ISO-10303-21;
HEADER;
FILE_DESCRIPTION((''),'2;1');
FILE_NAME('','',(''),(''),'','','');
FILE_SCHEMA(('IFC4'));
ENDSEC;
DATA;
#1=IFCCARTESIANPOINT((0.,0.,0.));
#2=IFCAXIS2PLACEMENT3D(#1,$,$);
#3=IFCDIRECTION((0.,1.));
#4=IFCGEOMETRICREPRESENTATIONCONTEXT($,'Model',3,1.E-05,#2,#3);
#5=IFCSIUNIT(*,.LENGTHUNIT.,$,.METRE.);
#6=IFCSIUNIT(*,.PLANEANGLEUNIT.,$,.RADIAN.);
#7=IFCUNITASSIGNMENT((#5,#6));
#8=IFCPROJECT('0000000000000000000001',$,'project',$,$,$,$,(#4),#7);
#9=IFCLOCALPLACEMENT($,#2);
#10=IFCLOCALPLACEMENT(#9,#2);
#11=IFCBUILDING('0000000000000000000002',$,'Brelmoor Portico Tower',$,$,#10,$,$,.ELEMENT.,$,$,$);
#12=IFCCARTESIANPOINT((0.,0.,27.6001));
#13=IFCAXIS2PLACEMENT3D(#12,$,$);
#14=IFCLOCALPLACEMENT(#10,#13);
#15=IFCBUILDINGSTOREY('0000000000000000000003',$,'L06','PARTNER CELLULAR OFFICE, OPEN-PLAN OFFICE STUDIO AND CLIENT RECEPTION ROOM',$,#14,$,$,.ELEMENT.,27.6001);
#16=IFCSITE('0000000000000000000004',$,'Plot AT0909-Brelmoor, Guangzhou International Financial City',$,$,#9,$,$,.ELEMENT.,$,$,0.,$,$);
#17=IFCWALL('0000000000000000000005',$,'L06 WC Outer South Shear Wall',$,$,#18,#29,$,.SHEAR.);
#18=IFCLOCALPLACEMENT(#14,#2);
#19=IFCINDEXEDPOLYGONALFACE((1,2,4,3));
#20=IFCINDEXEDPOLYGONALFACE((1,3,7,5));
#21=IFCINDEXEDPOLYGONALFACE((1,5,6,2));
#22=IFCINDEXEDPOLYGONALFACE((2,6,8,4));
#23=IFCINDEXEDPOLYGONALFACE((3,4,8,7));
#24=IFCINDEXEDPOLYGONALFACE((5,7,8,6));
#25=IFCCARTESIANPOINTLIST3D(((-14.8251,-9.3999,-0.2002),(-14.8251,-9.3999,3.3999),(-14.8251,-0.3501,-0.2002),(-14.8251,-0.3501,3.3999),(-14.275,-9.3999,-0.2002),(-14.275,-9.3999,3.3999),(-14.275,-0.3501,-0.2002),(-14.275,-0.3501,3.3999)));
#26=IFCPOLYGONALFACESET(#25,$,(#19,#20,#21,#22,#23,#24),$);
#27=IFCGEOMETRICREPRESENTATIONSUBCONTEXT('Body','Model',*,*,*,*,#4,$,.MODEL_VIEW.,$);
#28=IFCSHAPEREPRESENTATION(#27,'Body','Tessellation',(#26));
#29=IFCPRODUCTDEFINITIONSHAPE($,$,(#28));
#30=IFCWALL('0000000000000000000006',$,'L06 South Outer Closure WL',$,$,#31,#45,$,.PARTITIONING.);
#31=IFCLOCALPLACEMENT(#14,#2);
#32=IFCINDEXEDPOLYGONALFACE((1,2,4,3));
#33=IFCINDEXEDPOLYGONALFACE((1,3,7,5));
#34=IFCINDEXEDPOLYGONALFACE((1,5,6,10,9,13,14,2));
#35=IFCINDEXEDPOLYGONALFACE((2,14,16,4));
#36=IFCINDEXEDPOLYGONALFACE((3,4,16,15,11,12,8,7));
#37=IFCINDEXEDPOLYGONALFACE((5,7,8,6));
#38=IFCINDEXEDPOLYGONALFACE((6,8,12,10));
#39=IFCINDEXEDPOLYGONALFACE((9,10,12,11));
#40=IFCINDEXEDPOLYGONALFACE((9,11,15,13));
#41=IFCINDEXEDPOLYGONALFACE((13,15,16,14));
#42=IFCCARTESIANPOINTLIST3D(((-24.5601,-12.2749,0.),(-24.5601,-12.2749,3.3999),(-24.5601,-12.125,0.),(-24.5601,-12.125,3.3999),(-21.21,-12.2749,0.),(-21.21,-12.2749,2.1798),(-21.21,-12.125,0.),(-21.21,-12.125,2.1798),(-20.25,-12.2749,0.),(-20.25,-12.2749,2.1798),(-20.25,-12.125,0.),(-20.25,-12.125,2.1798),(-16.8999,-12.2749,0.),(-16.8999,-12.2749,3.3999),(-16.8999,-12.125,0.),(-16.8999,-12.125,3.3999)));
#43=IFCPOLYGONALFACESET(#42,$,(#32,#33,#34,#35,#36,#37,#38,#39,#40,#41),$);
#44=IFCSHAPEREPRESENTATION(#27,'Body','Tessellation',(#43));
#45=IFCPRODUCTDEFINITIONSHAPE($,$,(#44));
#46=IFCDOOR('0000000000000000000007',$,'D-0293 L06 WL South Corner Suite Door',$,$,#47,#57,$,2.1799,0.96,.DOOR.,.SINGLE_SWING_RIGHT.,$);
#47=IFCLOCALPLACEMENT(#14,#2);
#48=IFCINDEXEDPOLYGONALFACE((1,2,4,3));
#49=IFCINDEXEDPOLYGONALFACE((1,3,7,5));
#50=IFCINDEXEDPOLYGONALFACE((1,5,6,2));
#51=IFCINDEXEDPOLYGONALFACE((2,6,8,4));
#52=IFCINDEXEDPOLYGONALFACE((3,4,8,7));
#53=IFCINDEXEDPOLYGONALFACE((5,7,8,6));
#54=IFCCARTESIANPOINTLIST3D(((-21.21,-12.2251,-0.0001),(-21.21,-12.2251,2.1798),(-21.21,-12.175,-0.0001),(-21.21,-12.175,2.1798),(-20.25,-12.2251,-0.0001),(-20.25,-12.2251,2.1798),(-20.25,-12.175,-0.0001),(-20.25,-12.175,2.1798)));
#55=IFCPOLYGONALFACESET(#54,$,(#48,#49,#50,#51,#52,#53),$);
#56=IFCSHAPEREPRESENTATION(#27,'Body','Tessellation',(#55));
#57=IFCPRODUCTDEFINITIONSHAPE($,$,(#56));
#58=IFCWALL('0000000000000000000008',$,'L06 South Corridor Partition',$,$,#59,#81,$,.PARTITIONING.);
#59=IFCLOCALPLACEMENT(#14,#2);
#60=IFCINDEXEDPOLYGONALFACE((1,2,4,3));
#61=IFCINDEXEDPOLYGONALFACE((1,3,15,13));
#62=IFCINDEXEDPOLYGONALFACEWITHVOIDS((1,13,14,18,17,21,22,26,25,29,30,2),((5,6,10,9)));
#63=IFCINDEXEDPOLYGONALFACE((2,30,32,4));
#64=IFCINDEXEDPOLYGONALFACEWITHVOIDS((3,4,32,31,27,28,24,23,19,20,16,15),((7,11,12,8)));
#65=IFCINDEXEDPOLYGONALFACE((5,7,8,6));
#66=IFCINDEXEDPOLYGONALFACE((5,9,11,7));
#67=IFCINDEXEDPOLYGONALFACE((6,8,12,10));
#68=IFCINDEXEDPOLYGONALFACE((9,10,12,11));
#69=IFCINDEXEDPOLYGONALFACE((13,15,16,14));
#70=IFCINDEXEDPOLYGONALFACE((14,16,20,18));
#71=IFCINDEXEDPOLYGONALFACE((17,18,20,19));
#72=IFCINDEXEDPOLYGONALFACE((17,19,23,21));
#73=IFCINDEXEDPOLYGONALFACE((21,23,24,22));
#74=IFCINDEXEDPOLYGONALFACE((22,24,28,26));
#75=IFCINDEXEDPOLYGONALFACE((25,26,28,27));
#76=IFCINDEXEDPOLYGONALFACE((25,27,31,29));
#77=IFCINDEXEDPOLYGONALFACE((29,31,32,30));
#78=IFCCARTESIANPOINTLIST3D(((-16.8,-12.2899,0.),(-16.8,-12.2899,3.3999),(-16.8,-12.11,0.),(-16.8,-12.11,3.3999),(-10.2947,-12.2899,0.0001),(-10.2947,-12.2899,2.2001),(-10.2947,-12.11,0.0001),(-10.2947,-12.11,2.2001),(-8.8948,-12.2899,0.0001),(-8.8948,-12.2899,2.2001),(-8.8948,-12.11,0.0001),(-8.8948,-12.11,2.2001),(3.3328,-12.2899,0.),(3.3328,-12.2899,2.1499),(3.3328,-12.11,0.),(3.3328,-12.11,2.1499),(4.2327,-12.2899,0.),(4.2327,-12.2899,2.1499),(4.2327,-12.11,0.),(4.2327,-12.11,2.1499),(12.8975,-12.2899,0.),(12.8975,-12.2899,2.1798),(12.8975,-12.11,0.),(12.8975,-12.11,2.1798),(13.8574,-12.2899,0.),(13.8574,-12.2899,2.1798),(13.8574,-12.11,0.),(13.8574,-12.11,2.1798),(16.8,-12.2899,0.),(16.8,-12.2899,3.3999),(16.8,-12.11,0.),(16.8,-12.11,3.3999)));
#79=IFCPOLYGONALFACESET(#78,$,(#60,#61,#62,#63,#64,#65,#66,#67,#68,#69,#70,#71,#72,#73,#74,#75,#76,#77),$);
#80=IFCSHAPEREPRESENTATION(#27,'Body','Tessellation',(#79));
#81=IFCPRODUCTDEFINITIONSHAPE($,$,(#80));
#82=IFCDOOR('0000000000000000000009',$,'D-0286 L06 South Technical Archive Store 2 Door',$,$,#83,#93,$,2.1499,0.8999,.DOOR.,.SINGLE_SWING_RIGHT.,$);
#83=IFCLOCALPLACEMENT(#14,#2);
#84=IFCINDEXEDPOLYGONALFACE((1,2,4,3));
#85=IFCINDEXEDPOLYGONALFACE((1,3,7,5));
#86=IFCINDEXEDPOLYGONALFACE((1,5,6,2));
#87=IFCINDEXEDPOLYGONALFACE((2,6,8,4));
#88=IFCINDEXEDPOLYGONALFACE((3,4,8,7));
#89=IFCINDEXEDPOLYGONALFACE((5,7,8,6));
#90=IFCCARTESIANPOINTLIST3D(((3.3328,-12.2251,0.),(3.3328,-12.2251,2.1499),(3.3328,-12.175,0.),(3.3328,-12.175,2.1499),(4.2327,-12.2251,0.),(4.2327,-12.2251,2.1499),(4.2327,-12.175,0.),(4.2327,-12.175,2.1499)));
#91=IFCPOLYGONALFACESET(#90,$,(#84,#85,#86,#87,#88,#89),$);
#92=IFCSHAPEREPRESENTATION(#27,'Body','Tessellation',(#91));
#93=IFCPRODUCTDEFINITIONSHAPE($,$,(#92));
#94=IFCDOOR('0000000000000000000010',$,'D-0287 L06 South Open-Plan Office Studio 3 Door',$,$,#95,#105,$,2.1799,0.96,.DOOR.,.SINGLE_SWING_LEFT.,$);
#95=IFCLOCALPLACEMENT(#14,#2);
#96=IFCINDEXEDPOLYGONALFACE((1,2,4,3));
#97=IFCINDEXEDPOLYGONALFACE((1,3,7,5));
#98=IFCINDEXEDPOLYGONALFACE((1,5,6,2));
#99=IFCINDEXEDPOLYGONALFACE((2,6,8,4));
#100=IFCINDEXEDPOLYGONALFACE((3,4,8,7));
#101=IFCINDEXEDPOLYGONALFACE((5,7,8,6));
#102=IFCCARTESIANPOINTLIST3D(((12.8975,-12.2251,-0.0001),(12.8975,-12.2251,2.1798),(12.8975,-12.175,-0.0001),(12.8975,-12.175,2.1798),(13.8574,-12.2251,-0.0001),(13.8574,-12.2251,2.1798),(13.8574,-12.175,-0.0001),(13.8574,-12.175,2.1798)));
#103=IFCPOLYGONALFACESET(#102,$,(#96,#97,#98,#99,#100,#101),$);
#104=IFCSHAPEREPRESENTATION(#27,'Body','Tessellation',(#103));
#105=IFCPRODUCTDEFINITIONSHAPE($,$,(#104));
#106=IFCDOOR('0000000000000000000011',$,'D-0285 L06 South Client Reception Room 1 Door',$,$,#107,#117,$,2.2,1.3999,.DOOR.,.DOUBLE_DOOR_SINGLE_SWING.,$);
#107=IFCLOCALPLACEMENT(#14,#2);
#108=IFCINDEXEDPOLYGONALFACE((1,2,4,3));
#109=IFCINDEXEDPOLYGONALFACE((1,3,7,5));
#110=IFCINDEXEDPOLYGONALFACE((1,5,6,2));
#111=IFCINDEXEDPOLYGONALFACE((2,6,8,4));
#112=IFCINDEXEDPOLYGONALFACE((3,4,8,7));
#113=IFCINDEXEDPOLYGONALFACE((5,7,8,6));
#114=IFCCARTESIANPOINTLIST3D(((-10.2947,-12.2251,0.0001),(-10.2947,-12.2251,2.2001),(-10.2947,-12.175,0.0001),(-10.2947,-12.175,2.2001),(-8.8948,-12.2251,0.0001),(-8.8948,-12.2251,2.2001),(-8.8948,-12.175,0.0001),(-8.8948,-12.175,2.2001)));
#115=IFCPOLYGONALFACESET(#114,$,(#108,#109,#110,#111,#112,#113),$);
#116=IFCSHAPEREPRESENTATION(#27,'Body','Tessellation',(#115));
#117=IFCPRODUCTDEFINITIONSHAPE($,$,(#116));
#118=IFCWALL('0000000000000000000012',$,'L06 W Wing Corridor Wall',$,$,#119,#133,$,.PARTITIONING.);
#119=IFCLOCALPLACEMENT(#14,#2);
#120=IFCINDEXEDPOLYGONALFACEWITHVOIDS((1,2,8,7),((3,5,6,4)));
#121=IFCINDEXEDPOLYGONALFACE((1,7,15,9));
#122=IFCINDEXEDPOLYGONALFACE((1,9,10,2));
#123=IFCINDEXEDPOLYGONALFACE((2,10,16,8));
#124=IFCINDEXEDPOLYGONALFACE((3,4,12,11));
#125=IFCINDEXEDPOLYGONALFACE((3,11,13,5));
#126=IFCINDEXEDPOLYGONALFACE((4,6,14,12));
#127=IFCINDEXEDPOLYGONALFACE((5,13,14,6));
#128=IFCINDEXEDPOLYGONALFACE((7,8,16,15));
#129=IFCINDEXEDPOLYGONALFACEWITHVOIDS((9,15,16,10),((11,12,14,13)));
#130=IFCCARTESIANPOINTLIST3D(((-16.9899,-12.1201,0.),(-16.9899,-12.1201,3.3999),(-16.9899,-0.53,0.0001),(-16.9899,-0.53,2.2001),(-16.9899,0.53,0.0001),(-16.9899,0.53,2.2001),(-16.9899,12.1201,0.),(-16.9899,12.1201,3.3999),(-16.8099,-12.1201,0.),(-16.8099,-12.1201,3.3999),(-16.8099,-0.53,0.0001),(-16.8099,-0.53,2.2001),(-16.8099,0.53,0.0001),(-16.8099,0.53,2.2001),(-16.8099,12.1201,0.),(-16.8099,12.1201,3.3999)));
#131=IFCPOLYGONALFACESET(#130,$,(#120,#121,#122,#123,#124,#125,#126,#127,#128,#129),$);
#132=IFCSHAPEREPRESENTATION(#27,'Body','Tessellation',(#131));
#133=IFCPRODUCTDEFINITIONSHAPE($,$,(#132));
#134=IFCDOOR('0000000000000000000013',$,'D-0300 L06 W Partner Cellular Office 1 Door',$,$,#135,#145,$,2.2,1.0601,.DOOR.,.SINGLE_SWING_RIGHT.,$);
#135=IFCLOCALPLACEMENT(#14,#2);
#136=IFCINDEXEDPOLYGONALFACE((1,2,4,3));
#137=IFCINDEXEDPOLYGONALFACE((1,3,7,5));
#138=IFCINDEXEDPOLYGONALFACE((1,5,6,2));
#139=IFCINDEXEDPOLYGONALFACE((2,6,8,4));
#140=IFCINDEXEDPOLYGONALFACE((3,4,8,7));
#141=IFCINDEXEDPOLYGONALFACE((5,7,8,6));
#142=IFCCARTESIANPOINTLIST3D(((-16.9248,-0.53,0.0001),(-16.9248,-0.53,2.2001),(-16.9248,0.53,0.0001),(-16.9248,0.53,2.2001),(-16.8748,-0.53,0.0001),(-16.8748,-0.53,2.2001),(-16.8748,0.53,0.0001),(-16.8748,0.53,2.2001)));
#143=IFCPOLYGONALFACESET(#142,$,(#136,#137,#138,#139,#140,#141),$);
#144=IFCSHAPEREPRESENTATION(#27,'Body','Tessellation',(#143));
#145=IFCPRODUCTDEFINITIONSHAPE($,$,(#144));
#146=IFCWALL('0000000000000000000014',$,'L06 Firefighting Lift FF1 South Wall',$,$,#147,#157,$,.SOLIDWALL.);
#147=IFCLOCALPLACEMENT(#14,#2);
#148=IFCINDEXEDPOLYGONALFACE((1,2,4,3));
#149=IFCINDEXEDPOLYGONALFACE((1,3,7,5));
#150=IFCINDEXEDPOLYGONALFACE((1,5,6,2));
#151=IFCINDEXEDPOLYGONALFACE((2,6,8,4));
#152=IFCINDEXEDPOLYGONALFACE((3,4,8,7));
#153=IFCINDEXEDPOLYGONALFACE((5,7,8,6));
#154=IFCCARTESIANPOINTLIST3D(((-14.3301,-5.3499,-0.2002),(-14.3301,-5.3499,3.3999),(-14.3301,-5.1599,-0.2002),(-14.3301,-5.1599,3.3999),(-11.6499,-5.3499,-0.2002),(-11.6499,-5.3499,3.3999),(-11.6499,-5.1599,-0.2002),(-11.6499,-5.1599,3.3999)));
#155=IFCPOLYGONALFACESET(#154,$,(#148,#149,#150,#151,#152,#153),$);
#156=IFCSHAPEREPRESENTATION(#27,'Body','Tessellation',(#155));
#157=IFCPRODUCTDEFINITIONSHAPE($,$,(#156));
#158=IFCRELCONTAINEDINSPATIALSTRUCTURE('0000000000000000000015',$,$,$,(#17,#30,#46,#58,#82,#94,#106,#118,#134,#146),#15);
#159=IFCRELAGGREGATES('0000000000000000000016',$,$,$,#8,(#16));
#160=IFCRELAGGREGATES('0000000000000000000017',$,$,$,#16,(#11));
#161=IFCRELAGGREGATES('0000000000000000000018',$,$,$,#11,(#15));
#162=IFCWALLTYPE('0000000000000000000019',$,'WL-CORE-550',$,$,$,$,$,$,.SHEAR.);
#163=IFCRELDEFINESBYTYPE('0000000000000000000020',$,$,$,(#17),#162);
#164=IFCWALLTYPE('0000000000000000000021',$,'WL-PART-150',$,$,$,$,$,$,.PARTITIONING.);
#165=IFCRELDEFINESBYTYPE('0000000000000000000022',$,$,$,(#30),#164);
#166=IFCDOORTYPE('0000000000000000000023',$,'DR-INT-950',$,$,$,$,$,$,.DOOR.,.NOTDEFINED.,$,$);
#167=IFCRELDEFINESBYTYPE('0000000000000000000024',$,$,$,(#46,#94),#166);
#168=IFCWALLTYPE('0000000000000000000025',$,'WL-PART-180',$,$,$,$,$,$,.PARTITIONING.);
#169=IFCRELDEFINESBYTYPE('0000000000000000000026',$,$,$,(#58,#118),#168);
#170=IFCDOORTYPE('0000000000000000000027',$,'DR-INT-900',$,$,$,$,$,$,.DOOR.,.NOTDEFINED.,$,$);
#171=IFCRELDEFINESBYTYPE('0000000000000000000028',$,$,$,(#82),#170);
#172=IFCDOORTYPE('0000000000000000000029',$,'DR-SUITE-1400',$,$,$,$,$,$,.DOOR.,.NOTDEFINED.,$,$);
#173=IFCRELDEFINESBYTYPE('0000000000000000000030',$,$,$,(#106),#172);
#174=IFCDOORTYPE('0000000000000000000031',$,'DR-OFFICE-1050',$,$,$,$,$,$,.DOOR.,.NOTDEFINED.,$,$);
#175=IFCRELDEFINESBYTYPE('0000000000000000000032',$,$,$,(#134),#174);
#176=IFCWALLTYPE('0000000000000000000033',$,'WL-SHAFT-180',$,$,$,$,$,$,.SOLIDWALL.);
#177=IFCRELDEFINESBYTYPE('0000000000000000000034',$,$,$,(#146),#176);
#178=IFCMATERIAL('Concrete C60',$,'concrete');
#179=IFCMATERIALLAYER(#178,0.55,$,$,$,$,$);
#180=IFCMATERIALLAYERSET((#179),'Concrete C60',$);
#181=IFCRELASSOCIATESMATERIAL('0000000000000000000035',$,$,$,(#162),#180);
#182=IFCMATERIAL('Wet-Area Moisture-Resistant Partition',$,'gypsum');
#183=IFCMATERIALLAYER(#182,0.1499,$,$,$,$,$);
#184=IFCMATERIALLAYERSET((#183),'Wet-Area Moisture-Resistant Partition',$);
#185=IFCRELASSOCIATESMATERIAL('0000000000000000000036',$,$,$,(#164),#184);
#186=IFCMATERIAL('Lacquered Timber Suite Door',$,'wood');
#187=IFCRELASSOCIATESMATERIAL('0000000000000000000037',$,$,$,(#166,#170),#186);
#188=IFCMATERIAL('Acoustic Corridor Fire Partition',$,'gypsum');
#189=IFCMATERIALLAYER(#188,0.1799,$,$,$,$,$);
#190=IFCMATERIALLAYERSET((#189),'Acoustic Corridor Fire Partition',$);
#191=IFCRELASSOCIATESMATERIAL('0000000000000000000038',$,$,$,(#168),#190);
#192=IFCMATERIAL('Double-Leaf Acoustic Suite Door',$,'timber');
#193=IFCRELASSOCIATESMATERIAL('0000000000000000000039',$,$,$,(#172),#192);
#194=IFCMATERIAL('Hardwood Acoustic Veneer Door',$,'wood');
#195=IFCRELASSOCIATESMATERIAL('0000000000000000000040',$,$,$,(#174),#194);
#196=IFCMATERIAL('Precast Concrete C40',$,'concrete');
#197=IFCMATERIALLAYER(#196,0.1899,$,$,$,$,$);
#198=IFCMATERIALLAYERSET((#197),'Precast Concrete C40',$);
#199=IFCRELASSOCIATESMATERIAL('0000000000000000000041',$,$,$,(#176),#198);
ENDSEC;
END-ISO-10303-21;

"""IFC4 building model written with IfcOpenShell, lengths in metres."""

from ifc_helpers import new_model, si_unit, direction, frame, frame_2d, origin, place, context, subcontext, project, spatial, rectangle, extrude, material, layer, layer_set, type_object, element, fill, save


model = new_model("IFC4")

# Units and contexts
model_context = context("Model", 3, precision=1e-05, world=origin(), true_north=direction((0.0, 1.0)))
body_context = subcontext(model_context, "Body", "Model", "MODEL_VIEW")
ifc_project = project(units=[si_unit("LENGTHUNIT", "METRE"), si_unit("PLANEANGLEUNIT", "RADIAN")], contexts=[model_context])

# Site, building, storey
site_placement = place(None, origin())
site = spatial("IfcSite", under=ifc_project, at=site_placement, Name="Plot AT0909-Brelmoor, Guangzhou International Financial City", CompositionType="ELEMENT", RefElevation=0.0)
building_placement = place(site_placement, origin())
building = spatial("IfcBuilding", under=site, at=building_placement, Name="Brelmoor Portico Tower", CompositionType="ELEMENT")
storey_placement = place(building_placement, frame((0.0, 0.0, 27.6001)))
storey = spatial("IfcBuildingStorey", under=building, at=storey_placement, Name="L06", Description="PARTNER CELLULAR OFFICE, OPEN-PLAN OFFICE STUDIO AND CLIENT RECEPTION ROOM", CompositionType="ELEMENT", Elevation=27.6001)

# Wall
ifc_material_1 = material(Name="Concrete C60", Category="concrete")
ifc_layer_1 = layer(ifc_material_1, 0.55)
ifc_layer_set_1 = layer_set([ifc_layer_1], Name="Concrete C60")
wall_type_1 = type_object("IfcWallType", Name="WL-CORE-550", PredefinedType="SHEAR", material=ifc_layer_set_1)
wall_1_placement = place(storey_placement, frame((-14.55, -9.3999, -0.2002), z_axis=(0.0, 0.0, 1.0), x_axis=(0.0, 1.0, 0.0)))
element("IfcWall", 1, at=wall_1_placement, inside=storey, type_object=wall_type_1, Name="L06 WC Outer South Shear Wall", PredefinedType="SHEAR", context=body_context, shape_type="SweptSolid", body=[
    extrude(rectangle(XDim=9.0498, YDim=0.55, at=frame_2d((4.5249, 0.0))), origin(), (0.0, 0.0, 1.0), 3.6001),
])

# Wall, opening, door
ifc_material_2 = material(Name="Wet-Area Moisture-Resistant Partition", Category="gypsum")
ifc_layer_2 = layer(ifc_material_2, 0.1499)
ifc_layer_set_2 = layer_set([ifc_layer_2], Name="Wet-Area Moisture-Resistant Partition")
wall_type_2 = type_object("IfcWallType", Name="WL-PART-150", PredefinedType="PARTITIONING", material=ifc_layer_set_2)
wall_2_placement = place(storey_placement, frame((-24.5601, -12.2, 0.0), z_axis=(0.0, 0.0, 1.0), x_axis=(1.0, 0.0, 0.0)))
wall_2 = element("IfcWall", 2, at=wall_2_placement, inside=storey, type_object=wall_type_2, Name="L06 South Outer Closure WL", PredefinedType="PARTITIONING", context=body_context, shape_type="SweptSolid", body=[
    extrude(rectangle(XDim=7.6602, YDim=0.1499, at=frame_2d((3.8301, 0.0))), origin(), (0.0, 0.0, 1.0), 3.3999),
])
opening_1_placement = place(wall_2_placement, frame((3.3501, 0.0, 0.0)))
opening_1 = element("IfcOpeningElement", 3, at=opening_1_placement, cuts=wall_2, PredefinedType="OPENING", context=body_context, shape_type="SweptSolid", body=[
    extrude(rectangle(XDim=0.96, YDim=2.1799, at=frame_2d((0.48, 1.0898))), frame((0.0, 0.085, 0.0), z_axis=(0.0, -1.0, 0.0), x_axis=(1.0, 0.0, 0.0)), (0.0, 0.0, 1.0), 0.1699),
])
ifc_material_3 = material(Name="Lacquered Timber Suite Door", Category="wood")
door_type_1 = type_object("IfcDoorType", Name="DR-INT-950", OperationType="NOTDEFINED", PredefinedType="DOOR", material=ifc_material_3)
door_1_placement = place(opening_1_placement, origin())
door_1 = element("IfcDoor", 4, at=door_1_placement, inside=storey, type_object=door_type_1, Name="D-0293 L06 WL South Corner Suite Door", OperationType="SINGLE_SWING_RIGHT", OverallHeight=2.1799, OverallWidth=0.96, PredefinedType="DOOR", context=body_context, shape_type="SweptSolid", body=[
    extrude(rectangle(XDim=0.96, YDim=2.1799, at=frame_2d((0.48, 1.0898))), frame((0.0, 0.0249, 0.0), z_axis=(0.0, -1.0, 0.0), x_axis=(1.0, 0.0, 0.0)), (0.0, 0.0, 1.0), 0.05),
])
fill(opening_1, door_1)

# Wall, openings, doors
ifc_material_4 = material(Name="Acoustic Corridor Fire Partition", Category="gypsum")
ifc_layer_3 = layer(ifc_material_4, 0.1799)
ifc_layer_set_3 = layer_set([ifc_layer_3], Name="Acoustic Corridor Fire Partition")
wall_type_3 = type_object("IfcWallType", Name="WL-PART-180", PredefinedType="PARTITIONING", material=ifc_layer_set_3)
wall_3_placement = place(storey_placement, frame((-16.8, -12.2, 0.0), z_axis=(0.0, 0.0, 1.0), x_axis=(1.0, 0.0, 0.0)))
wall_3 = element("IfcWall", 5, at=wall_3_placement, inside=storey, type_object=wall_type_3, Name="L06 South Corridor Partition", PredefinedType="PARTITIONING", context=body_context, shape_type="SweptSolid", body=[
    extrude(rectangle(XDim=33.6001, YDim=0.1799, at=frame_2d((16.8, 0.0))), origin(), (0.0, 0.0, 1.0), 3.3999),
])
opening_2_placement = place(wall_3_placement, frame((6.5054, 0.0, 0.0)))
opening_2 = element("IfcOpeningElement", 6, at=opening_2_placement, cuts=wall_3, PredefinedType="OPENING", context=body_context, shape_type="SweptSolid", body=[
    extrude(rectangle(XDim=1.3999, YDim=2.2, at=frame_2d((0.7, 1.1001))), frame((0.0, 0.0999, 0.0), z_axis=(0.0, -1.0, 0.0), x_axis=(1.0, 0.0, 0.0)), (0.0, 0.0, 1.0), 0.2),
])
opening_3_placement = place(wall_3_placement, frame((20.1328, 0.0, 0.0)))
opening_3 = element("IfcOpeningElement", 7, at=opening_3_placement, cuts=wall_3, PredefinedType="OPENING", context=body_context, shape_type="SweptSolid", body=[
    extrude(rectangle(XDim=0.8999, YDim=2.1499, at=frame_2d((0.45, 1.075))), frame((0.0, 0.0999, 0.0), z_axis=(0.0, -1.0, 0.0), x_axis=(1.0, 0.0, 0.0)), (0.0, 0.0, 1.0), 0.2),
])
opening_4_placement = place(wall_3_placement, frame((29.6975, 0.0, 0.0)))
opening_4 = element("IfcOpeningElement", 8, at=opening_4_placement, cuts=wall_3, PredefinedType="OPENING", context=body_context, shape_type="SweptSolid", body=[
    extrude(rectangle(XDim=0.96, YDim=2.1799, at=frame_2d((0.48, 1.0898))), frame((0.0, 0.0999, 0.0), z_axis=(0.0, -1.0, 0.0), x_axis=(1.0, 0.0, 0.0)), (0.0, 0.0, 1.0), 0.2),
])
door_type_2 = type_object("IfcDoorType", Name="DR-INT-900", OperationType="NOTDEFINED", PredefinedType="DOOR", material=ifc_material_3)
door_2_placement = place(opening_3_placement, origin())
door_2 = element("IfcDoor", 9, at=door_2_placement, inside=storey, type_object=door_type_2, Name="D-0286 L06 South Technical Archive Store 2 Door", OperationType="SINGLE_SWING_RIGHT", OverallHeight=2.1499, OverallWidth=0.8999, PredefinedType="DOOR", context=body_context, shape_type="SweptSolid", body=[
    extrude(rectangle(XDim=0.8999, YDim=2.1499, at=frame_2d((0.45, 1.075))), frame((0.0, 0.0249, 0.0), z_axis=(0.0, -1.0, 0.0), x_axis=(1.0, 0.0, 0.0)), (0.0, 0.0, 1.0), 0.05),
])
fill(opening_3, door_2)
door_3_placement = place(opening_4_placement, origin())
door_3 = element("IfcDoor", 10, at=door_3_placement, inside=storey, type_object=door_type_1, Name="D-0287 L06 South Open-Plan Office Studio 3 Door", OperationType="SINGLE_SWING_LEFT", OverallHeight=2.1799, OverallWidth=0.96, PredefinedType="DOOR", context=body_context, shape_type="SweptSolid", body=[
    extrude(rectangle(XDim=0.96, YDim=2.1799, at=frame_2d((0.48, 1.0898))), frame((0.0, 0.0249, 0.0), z_axis=(0.0, -1.0, 0.0), x_axis=(1.0, 0.0, 0.0)), (0.0, 0.0, 1.0), 0.05),
])
fill(opening_4, door_3)
ifc_material_5 = material(Name="Double-Leaf Acoustic Suite Door", Category="timber")
door_type_3 = type_object("IfcDoorType", Name="DR-SUITE-1400", OperationType="NOTDEFINED", PredefinedType="DOOR", material=ifc_material_5)
door_4_placement = place(opening_2_placement, origin())
door_4 = element("IfcDoor", 11, at=door_4_placement, inside=storey, type_object=door_type_3, Name="D-0285 L06 South Client Reception Room 1 Door", OperationType="DOUBLE_DOOR_SINGLE_SWING", OverallHeight=2.2, OverallWidth=1.3999, PredefinedType="DOOR", context=body_context, shape_type="SweptSolid", body=[
    extrude(rectangle(XDim=1.3999, YDim=2.2, at=frame_2d((0.7, 1.1001))), frame((0.0, 0.0249, 0.0), z_axis=(0.0, -1.0, 0.0), x_axis=(1.0, 0.0, 0.0)), (0.0, 0.0, 1.0), 0.05),
])
fill(opening_2, door_4)

# Wall, opening, door
wall_4_placement = place(storey_placement, frame((-16.8999, -12.1201, 0.0), z_axis=(0.0, 0.0, 1.0), x_axis=(0.0, 1.0, 0.0)))
wall_4 = element("IfcWall", 12, at=wall_4_placement, inside=storey, type_object=wall_type_3, Name="L06 W Wing Corridor Wall", PredefinedType="PARTITIONING", context=body_context, shape_type="SweptSolid", body=[
    extrude(rectangle(XDim=24.2402, YDim=0.1799, at=frame_2d((12.1201, 0.0))), origin(), (0.0, 0.0, 1.0), 3.3999),
])
opening_5_placement = place(wall_4_placement, frame((11.5901, 0.0, 0.0)))
opening_5 = element("IfcOpeningElement", 13, at=opening_5_placement, cuts=wall_4, PredefinedType="OPENING", context=body_context, shape_type="SweptSolid", body=[
    extrude(rectangle(XDim=1.0601, YDim=2.2, at=frame_2d((0.53, 1.1001))), frame((0.0, 0.0999, 0.0), z_axis=(0.0, -1.0, 0.0), x_axis=(1.0, 0.0, 0.0)), (0.0, 0.0, 1.0), 0.2),
])
ifc_material_6 = material(Name="Hardwood Acoustic Veneer Door", Category="wood")
door_type_4 = type_object("IfcDoorType", Name="DR-OFFICE-1050", OperationType="NOTDEFINED", PredefinedType="DOOR", material=ifc_material_6)
door_5_placement = place(opening_5_placement, origin())
door_5 = element("IfcDoor", 14, at=door_5_placement, inside=storey, type_object=door_type_4, Name="D-0300 L06 W Partner Cellular Office 1 Door", OperationType="SINGLE_SWING_RIGHT", OverallHeight=2.2, OverallWidth=1.0601, PredefinedType="DOOR", context=body_context, shape_type="SweptSolid", body=[
    extrude(rectangle(XDim=1.0601, YDim=2.2, at=frame_2d((0.53, 1.1001))), frame((0.0, 0.0249, 0.0), z_axis=(0.0, -1.0, 0.0), x_axis=(1.0, 0.0, 0.0)), (0.0, 0.0, 1.0), 0.05),
])
fill(opening_5, door_5)

# Wall
ifc_material_7 = material(Name="Precast Concrete C40", Category="concrete")
ifc_layer_4 = layer(ifc_material_7, 0.1899)
ifc_layer_set_4 = layer_set([ifc_layer_4], Name="Precast Concrete C40")
wall_type_4 = type_object("IfcWallType", Name="WL-SHAFT-180", PredefinedType="SOLIDWALL", material=ifc_layer_set_4)
wall_5_placement = place(storey_placement, frame((-14.3301, -5.2549, -0.2002), z_axis=(0.0, 0.0, 1.0), x_axis=(1.0, 0.0, 0.0)))
element("IfcWall", 15, at=wall_5_placement, inside=storey, type_object=wall_type_4, Name="L06 Firefighting Lift FF1 South Wall", PredefinedType="SOLIDWALL", context=body_context, shape_type="SweptSolid", body=[
    extrude(rectangle(XDim=2.6802, YDim=0.1899, at=frame_2d((1.3401, 0.0))), origin(), (0.0, 0.0, 1.0), 3.6001),
])

save(model, "model.ifc")
